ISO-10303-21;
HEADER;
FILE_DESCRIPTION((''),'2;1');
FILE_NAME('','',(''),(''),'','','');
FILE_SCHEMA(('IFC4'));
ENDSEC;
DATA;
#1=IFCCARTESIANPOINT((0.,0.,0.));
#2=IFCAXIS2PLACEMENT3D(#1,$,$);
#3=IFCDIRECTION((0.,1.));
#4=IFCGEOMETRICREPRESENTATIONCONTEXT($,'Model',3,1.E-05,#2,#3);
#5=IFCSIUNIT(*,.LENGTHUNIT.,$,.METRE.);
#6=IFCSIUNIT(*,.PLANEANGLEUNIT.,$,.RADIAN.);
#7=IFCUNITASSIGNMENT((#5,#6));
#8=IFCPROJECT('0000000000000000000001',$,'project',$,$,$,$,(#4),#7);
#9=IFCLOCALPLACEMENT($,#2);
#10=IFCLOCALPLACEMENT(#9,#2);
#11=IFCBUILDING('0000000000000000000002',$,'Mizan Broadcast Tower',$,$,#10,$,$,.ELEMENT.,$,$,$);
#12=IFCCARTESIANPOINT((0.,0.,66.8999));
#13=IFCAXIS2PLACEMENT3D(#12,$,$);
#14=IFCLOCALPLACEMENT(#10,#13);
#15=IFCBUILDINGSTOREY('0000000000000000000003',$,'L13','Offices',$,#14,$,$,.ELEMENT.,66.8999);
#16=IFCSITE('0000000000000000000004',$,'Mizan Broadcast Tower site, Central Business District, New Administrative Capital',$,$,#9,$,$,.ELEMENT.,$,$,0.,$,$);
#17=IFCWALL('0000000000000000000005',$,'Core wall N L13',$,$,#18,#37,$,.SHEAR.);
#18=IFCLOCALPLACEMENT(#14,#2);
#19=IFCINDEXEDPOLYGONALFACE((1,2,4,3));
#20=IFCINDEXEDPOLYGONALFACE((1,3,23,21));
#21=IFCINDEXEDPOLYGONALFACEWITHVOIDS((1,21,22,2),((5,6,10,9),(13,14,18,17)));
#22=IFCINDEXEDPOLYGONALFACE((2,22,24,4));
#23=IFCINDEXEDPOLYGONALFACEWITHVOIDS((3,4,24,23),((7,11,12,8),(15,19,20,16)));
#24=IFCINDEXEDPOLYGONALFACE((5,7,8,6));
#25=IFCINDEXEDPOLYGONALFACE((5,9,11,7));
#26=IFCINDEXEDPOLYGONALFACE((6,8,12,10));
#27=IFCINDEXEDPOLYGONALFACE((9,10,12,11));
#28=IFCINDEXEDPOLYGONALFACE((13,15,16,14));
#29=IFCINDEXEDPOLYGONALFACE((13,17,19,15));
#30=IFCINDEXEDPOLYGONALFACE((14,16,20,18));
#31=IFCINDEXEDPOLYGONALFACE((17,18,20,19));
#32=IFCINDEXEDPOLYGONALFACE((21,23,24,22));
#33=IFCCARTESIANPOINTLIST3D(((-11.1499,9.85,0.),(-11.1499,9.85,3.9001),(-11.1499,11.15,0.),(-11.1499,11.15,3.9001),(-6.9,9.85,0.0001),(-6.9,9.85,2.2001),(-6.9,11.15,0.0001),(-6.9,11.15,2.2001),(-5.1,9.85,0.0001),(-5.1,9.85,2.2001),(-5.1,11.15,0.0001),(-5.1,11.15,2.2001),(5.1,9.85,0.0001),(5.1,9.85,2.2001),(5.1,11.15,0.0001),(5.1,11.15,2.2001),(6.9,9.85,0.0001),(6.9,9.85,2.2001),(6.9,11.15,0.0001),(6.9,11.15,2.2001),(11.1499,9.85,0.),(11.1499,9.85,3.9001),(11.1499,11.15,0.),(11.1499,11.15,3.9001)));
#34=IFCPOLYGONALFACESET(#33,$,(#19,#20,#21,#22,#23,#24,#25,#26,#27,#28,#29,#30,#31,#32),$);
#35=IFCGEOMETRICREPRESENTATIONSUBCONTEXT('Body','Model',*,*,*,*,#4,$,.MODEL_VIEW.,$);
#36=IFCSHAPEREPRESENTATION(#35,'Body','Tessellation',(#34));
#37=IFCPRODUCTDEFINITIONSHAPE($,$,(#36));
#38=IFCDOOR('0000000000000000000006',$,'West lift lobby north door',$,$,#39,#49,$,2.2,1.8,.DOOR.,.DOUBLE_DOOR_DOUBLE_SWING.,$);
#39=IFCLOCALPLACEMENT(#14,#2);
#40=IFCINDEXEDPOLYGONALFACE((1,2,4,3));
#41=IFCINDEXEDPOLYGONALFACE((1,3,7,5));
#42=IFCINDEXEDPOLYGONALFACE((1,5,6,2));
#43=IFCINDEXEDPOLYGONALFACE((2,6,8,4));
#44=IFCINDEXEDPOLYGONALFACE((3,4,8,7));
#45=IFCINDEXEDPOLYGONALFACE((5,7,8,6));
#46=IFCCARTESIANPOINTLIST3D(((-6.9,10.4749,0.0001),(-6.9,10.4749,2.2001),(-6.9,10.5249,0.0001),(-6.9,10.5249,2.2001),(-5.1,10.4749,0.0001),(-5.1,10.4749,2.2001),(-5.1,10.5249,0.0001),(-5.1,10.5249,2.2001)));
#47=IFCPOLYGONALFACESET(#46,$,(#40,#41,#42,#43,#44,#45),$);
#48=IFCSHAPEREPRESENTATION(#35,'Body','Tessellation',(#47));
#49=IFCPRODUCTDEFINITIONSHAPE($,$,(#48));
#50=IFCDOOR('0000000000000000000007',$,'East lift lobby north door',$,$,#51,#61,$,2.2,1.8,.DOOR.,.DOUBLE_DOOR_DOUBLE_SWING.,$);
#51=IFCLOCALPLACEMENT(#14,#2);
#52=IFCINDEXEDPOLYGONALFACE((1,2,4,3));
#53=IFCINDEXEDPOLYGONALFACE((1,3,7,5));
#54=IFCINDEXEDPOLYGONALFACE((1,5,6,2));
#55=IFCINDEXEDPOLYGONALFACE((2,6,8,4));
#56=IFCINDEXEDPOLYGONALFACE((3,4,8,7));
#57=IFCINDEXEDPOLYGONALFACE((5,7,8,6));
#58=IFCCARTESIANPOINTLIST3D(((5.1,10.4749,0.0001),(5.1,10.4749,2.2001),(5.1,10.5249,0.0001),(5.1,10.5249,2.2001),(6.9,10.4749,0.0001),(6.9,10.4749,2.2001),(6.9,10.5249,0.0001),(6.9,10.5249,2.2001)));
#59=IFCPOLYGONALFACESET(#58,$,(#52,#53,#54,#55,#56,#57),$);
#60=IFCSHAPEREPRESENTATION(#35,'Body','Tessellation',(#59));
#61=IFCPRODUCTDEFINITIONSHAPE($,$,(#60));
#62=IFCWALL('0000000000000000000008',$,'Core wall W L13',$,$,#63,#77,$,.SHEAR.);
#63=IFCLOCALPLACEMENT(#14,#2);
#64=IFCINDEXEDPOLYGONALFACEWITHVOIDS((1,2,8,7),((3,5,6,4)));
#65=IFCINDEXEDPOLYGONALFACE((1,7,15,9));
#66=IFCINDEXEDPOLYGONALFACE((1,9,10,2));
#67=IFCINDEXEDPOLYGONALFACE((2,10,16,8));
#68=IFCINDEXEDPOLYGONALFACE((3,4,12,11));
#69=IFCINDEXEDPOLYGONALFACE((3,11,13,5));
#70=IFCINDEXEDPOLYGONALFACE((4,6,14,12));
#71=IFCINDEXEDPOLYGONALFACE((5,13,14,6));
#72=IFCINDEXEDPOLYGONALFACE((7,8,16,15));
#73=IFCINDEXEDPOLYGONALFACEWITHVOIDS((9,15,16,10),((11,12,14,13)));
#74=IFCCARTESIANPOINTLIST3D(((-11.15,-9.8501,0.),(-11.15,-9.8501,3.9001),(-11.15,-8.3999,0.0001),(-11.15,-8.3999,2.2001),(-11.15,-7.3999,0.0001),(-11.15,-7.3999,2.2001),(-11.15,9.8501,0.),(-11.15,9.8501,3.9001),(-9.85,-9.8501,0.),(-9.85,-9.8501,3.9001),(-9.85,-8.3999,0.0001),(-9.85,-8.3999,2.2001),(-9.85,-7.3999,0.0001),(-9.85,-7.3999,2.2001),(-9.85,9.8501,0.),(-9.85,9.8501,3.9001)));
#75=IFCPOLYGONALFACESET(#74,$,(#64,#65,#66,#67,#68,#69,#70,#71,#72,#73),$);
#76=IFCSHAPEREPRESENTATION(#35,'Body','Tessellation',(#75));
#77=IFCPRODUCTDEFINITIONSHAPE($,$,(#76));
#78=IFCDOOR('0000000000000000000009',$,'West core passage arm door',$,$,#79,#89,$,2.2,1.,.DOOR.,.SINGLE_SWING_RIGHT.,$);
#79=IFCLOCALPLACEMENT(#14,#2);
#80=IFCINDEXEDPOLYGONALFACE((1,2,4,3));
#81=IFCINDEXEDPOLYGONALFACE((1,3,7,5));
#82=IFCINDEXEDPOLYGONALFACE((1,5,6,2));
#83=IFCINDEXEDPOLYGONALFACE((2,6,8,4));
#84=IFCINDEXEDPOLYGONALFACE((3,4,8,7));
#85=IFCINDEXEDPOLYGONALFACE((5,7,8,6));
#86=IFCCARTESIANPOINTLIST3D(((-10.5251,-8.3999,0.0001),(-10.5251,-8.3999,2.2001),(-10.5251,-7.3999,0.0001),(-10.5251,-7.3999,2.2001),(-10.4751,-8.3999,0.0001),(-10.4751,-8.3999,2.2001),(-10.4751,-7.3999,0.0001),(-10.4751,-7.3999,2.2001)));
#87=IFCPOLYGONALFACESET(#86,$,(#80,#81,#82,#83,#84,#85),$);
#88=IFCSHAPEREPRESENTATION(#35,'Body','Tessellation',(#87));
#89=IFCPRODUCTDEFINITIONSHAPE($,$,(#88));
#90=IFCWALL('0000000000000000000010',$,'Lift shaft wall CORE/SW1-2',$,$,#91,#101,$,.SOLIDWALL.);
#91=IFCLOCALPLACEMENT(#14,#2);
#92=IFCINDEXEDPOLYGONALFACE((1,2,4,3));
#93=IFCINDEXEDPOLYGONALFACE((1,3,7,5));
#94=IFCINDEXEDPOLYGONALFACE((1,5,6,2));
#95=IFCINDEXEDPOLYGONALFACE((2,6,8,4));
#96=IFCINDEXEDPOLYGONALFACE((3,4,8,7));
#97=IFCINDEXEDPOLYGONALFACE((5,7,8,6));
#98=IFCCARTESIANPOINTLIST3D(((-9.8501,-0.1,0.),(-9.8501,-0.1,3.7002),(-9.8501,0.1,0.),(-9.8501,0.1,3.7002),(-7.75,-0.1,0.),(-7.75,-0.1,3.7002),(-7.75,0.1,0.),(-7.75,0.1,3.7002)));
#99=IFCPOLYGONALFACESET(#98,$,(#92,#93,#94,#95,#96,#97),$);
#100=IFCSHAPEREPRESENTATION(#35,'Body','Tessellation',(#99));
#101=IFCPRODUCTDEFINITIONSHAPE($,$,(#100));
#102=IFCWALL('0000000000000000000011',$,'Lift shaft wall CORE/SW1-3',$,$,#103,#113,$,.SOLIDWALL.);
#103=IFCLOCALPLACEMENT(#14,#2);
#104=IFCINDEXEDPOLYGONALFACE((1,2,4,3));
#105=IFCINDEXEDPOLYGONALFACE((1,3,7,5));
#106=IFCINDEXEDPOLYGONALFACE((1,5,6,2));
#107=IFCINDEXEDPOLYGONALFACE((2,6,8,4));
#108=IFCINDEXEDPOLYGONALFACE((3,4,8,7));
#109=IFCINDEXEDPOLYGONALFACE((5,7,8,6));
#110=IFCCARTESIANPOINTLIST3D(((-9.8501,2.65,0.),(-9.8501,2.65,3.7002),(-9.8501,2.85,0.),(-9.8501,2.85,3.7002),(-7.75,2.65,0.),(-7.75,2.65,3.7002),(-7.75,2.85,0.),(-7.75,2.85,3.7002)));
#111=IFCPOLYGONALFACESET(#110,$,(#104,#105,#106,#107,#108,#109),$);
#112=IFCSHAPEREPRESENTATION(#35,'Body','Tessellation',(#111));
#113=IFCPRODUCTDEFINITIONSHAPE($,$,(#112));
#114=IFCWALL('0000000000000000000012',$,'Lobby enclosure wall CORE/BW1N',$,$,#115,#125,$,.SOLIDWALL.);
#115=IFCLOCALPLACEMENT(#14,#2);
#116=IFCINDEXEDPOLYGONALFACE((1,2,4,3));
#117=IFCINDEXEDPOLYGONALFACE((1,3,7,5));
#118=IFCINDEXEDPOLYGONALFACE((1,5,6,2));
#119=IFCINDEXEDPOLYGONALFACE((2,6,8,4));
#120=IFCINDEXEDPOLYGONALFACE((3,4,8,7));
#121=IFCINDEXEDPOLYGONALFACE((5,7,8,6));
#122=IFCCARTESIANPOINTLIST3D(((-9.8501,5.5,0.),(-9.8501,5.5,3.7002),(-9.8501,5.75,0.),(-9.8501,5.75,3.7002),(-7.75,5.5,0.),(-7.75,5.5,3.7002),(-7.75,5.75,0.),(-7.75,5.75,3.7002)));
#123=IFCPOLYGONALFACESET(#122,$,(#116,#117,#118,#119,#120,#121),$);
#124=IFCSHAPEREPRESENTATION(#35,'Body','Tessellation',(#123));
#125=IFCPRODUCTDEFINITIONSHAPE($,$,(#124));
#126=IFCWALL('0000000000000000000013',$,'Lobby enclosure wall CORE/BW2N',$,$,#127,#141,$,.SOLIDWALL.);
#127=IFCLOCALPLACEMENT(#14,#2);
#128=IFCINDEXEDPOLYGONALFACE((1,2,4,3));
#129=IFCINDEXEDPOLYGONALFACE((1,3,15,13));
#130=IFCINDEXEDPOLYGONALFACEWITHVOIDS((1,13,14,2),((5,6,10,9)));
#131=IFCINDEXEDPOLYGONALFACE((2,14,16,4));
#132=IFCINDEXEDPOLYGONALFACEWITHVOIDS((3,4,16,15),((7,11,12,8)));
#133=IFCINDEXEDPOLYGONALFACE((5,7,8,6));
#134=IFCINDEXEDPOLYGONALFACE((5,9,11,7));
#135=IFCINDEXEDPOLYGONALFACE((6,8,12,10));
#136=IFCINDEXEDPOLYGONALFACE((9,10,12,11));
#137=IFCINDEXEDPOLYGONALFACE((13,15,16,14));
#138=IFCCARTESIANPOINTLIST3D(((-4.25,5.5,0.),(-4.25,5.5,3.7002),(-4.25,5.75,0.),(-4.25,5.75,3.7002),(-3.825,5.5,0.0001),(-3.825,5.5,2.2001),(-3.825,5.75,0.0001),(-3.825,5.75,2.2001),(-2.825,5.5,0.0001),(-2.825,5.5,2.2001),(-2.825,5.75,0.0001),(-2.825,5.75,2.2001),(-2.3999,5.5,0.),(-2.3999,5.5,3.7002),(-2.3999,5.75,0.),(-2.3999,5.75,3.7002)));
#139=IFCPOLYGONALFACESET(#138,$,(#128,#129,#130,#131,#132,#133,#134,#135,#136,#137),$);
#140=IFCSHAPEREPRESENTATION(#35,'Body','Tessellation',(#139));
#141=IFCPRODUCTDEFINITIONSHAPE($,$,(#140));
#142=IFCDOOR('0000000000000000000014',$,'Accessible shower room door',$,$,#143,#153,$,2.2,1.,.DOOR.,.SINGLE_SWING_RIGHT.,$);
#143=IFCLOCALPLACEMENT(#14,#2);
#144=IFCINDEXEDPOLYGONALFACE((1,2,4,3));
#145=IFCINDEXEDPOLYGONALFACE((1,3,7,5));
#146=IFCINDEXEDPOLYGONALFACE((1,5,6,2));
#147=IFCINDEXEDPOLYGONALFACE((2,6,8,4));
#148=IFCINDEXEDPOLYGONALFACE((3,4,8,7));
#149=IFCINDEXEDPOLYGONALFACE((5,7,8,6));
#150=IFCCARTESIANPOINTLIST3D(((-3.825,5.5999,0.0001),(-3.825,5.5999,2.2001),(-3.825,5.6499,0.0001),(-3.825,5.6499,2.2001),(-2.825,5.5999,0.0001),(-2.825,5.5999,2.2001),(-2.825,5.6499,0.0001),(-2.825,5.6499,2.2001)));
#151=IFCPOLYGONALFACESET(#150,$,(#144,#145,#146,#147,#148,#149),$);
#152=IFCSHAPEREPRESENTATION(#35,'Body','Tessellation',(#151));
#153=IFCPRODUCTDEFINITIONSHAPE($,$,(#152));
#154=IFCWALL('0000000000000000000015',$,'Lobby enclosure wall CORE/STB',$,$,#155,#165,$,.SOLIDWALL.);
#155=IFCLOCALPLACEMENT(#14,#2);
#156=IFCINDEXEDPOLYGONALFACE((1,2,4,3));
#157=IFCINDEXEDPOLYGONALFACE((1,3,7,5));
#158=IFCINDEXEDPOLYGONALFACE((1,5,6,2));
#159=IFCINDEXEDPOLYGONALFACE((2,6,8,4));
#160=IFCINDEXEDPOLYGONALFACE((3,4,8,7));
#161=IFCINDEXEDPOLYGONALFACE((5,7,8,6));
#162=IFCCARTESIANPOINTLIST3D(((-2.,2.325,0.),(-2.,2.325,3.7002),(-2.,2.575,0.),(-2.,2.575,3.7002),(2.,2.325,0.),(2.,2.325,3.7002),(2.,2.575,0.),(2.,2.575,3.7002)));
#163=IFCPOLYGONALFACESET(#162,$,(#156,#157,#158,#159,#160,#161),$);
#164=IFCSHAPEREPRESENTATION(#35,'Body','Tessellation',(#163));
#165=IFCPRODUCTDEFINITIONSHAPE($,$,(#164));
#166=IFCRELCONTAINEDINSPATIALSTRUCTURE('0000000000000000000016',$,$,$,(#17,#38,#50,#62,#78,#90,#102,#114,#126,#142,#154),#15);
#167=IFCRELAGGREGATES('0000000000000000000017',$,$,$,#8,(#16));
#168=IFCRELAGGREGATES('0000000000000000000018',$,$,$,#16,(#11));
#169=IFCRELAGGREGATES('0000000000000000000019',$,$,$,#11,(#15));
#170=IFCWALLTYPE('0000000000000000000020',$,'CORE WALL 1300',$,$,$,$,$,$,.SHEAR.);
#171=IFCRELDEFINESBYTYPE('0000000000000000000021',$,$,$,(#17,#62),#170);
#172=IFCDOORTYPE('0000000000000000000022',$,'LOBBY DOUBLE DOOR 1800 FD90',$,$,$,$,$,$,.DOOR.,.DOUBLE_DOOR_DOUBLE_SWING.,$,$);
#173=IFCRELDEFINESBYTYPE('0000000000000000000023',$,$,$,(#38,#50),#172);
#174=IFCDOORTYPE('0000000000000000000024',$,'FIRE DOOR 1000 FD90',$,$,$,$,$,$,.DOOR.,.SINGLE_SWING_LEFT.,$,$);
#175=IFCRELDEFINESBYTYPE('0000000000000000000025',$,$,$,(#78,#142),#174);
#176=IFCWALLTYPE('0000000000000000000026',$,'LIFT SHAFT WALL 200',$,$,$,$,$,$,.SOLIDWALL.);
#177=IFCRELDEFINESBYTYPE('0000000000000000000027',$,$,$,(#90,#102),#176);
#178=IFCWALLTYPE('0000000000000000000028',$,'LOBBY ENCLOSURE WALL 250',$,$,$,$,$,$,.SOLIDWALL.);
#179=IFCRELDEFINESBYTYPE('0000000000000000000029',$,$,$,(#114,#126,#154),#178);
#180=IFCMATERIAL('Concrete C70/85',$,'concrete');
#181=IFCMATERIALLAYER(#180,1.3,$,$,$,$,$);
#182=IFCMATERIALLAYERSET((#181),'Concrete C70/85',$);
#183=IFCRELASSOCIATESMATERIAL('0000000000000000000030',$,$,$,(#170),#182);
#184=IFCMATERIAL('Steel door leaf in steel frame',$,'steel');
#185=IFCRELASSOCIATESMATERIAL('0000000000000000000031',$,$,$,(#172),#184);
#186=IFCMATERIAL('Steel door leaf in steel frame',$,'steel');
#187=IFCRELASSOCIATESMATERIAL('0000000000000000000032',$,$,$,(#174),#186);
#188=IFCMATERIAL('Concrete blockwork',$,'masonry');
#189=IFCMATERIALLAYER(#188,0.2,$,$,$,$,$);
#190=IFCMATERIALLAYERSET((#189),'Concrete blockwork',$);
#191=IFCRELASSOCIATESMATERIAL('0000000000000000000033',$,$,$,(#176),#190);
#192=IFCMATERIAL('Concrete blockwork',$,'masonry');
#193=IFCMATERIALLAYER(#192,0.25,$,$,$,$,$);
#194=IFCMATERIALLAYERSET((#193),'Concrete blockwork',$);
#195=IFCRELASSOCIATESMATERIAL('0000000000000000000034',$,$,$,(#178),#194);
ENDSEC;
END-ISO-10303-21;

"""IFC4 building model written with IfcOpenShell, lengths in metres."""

from ifc_helpers import new_model, si_unit, direction, frame, frame_2d, origin, place, context, subcontext, project, spatial, rectangle, extrude, material, layer, layer_set, type_object, element, fill, save


model = new_model("IFC4")

# Units and contexts
model_context = context("Model", 3, precision=1e-05, world=origin(), true_north=direction((0.0, 1.0)))
body_context = subcontext(model_context, "Body", "Model", "MODEL_VIEW")
ifc_project = project(units=[si_unit("LENGTHUNIT", "METRE"), si_unit("PLANEANGLEUNIT", "RADIAN")], contexts=[model_context])

# Site, building, storey
site_placement = place(None, origin())
site = spatial("IfcSite", under=ifc_project, at=site_placement, Name="Mizan Broadcast Tower site, Central Business District, New Administrative Capital", CompositionType="ELEMENT", RefElevation=0.0)
building_placement = place(site_placement, origin())
building = spatial("IfcBuilding", under=site, at=building_placement, Name="Mizan Broadcast Tower", CompositionType="ELEMENT")
storey_placement = place(building_placement, frame((0.0, 0.0, 66.8999)))
storey = spatial("IfcBuildingStorey", under=building, at=storey_placement, Name="L13", Description="Offices", CompositionType="ELEMENT", Elevation=66.8999)

# Wall, openings, doors
ifc_material_1 = material(Name="Concrete C70/85", Category="concrete")
ifc_layer_1 = layer(ifc_material_1, 1.3)
ifc_layer_set_1 = layer_set([ifc_layer_1], Name="Concrete C70/85")
wall_type_1 = type_object("IfcWallType", Name="CORE WALL 1300", PredefinedType="SHEAR", material=ifc_layer_set_1)
wall_1_placement = place(storey_placement, frame((-11.1499, 10.5, 0.0), z_axis=(0.0, 0.0, 1.0), x_axis=(1.0, 0.0, 0.0)))
wall_1 = element("IfcWall", 1, at=wall_1_placement, inside=storey, type_object=wall_type_1, Name="Core wall N L13", PredefinedType="SHEAR", context=body_context, shape_type="SweptSolid", body=[
    extrude(rectangle(XDim=22.2998, YDim=1.3, at=frame_2d((11.1499, 0.0))), origin(), (0.0, 0.0, 1.0), 3.9001),
])
opening_1_placement = place(wall_1_placement, frame((4.25, 0.0, 0.0)))
opening_1 = element("IfcOpeningElement", 2, at=opening_1_placement, cuts=wall_1, PredefinedType="OPENING", context=body_context, shape_type="SweptSolid", body=[
    extrude(rectangle(XDim=1.8, YDim=2.2, at=frame_2d((0.8999, 1.1001))), frame((0.0, 0.6599, 0.0), z_axis=(0.0, -1.0, 0.0), x_axis=(1.0, 0.0, 0.0)), (0.0, 0.0, 1.0), 1.3201),
])
opening_2_placement = place(wall_1_placement, frame((16.25, 0.0, 0.0)))
opening_2 = element("IfcOpeningElement", 3, at=opening_2_placement, cuts=wall_1, PredefinedType="OPENING", context=body_context, shape_type="SweptSolid", body=[
    extrude(rectangle(XDim=1.8, YDim=2.2, at=frame_2d((0.8999, 1.1001))), frame((0.0, 0.6599, 0.0), z_axis=(0.0, -1.0, 0.0), x_axis=(1.0, 0.0, 0.0)), (0.0, 0.0, 1.0), 1.3201),
])
ifc_material_2 = material(Name="Steel door leaf in steel frame", Category="steel")
door_type_1 = type_object("IfcDoorType", Name="LOBBY DOUBLE DOOR 1800 FD90", OperationType="DOUBLE_DOOR_DOUBLE_SWING", PredefinedType="DOOR", material=ifc_material_2)
door_1_placement = place(opening_1_placement, origin())
door_1 = element("IfcDoor", 4, at=door_1_placement, inside=storey, type_object=door_type_1, Name="West lift lobby north door", OperationType="DOUBLE_DOOR_DOUBLE_SWING", OverallHeight=2.2, OverallWidth=1.8, PredefinedType="DOOR", context=body_context, shape_type="SweptSolid", body=[
    extrude(rectangle(XDim=1.8, YDim=2.2, at=frame_2d((0.8999, 1.1001))), frame((0.0, 0.0249, 0.0), z_axis=(0.0, -1.0, 0.0), x_axis=(1.0, 0.0, 0.0)), (0.0, 0.0, 1.0), 0.05),
])
fill(opening_1, door_1)
door_2_placement = place(opening_2_placement, origin())
door_2 = element("IfcDoor", 5, at=door_2_placement, inside=storey, type_object=door_type_1, Name="East lift lobby north door", OperationType="DOUBLE_DOOR_DOUBLE_SWING", OverallHeight=2.2, OverallWidth=1.8, PredefinedType="DOOR", context=body_context, shape_type="SweptSolid", body=[
    extrude(rectangle(XDim=1.8, YDim=2.2, at=frame_2d((0.8999, 1.1001))), frame((0.0, 0.0249, 0.0), z_axis=(0.0, -1.0, 0.0), x_axis=(1.0, 0.0, 0.0)), (0.0, 0.0, 1.0), 0.05),
])
fill(opening_2, door_2)

# Wall, opening, door
wall_2_placement = place(storey_placement, frame((-10.5, 9.8501, 0.0), z_axis=(0.0, 0.0, 1.0), x_axis=(0.0, -1.0, 0.0)))
wall_2 = element("IfcWall", 6, at=wall_2_placement, inside=storey, type_object=wall_type_1, Name="Core wall W L13", PredefinedType="SHEAR", context=body_context, shape_type="SweptSolid", body=[
    extrude(rectangle(XDim=19.7002, YDim=1.3, at=frame_2d((9.8501, 0.0))), origin(), (0.0, 0.0, 1.0), 3.9001),
])
opening_3_placement = place(wall_2_placement, frame((17.25, 0.0, 0.0)))
opening_3 = element("IfcOpeningElement", 7, at=opening_3_placement, cuts=wall_2, PredefinedType="OPENING", context=body_context, shape_type="SweptSolid", body=[
    extrude(rectangle(XDim=1.0, YDim=2.2, at=frame_2d((0.5, 1.1001))), frame((0.0, 0.6599, 0.0), z_axis=(0.0, -1.0, 0.0), x_axis=(1.0, 0.0, 0.0)), (0.0, 0.0, 1.0), 1.3201),
])
ifc_material_3 = material(Name="Steel door leaf in steel frame", Category="steel")
door_type_2 = type_object("IfcDoorType", Name="FIRE DOOR 1000 FD90", OperationType="SINGLE_SWING_LEFT", PredefinedType="DOOR", material=ifc_material_3)
door_3_placement = place(opening_3_placement, origin())
door_3 = element("IfcDoor", 8, at=door_3_placement, inside=storey, type_object=door_type_2, Name="West core passage arm door", OperationType="SINGLE_SWING_RIGHT", OverallHeight=2.2, OverallWidth=1.0, PredefinedType="DOOR", context=body_context, shape_type="SweptSolid", body=[
    extrude(rectangle(XDim=1.0, YDim=2.2, at=frame_2d((0.5, 1.1001))), frame((0.0, 0.0249, 0.0), z_axis=(0.0, -1.0, 0.0), x_axis=(1.0, 0.0, 0.0)), (0.0, 0.0, 1.0), 0.05),
])
fill(opening_3, door_3)

# Walls
ifc_material_4 = material(Name="Concrete blockwork", Category="masonry")
ifc_layer_2 = layer(ifc_material_4, 0.2)
ifc_layer_set_2 = layer_set([ifc_layer_2], Name="Concrete blockwork")
wall_type_2 = type_object("IfcWallType", Name="LIFT SHAFT WALL 200", PredefinedType="SOLIDWALL", material=ifc_layer_set_2)
for number, where, z_axis, x_axis, name in (
    (9, (-9.8501, 0.0, 0.0), (0.0, 0.0, 1.0), (1.0, 0.0, 0.0), "Lift shaft wall CORE/SW1-2"),
    (10, (-9.8501, 2.75, 0.0), (0.0, 0.0, 1.0), (1.0, 0.0, 0.0), "Lift shaft wall CORE/SW1-3"),
):
    element("IfcWall", number, at=place(storey_placement, frame(where, z_axis=z_axis, x_axis=x_axis)), inside=storey, type_object=wall_type_2, Name=name, PredefinedType="SOLIDWALL", context=body_context, shape_type="SweptSolid", body=[
        extrude(rectangle(XDim=2.1001, YDim=0.2, at=frame_2d((1.05, 0.0))), origin(), (0.0, 0.0, 1.0), 3.7002),
    ])
ifc_material_5 = material(Name="Concrete blockwork", Category="masonry")
ifc_layer_3 = layer(ifc_material_5, 0.25)
ifc_layer_set_3 = layer_set([ifc_layer_3], Name="Concrete blockwork")
wall_type_3 = type_object("IfcWallType", Name="LOBBY ENCLOSURE WALL 250", PredefinedType="SOLIDWALL", material=ifc_layer_set_3)
wall_3_placement = place(storey_placement, frame((-9.8501, 5.625, 0.0), z_axis=(0.0, 0.0, 1.0), x_axis=(1.0, 0.0, 0.0)))
element("IfcWall", 11, at=wall_3_placement, inside=storey, type_object=wall_type_3, Name="Lobby enclosure wall CORE/BW1N", PredefinedType="SOLIDWALL", context=body_context, shape_type="SweptSolid", body=[
    extrude(rectangle(XDim=2.1001, YDim=0.25, at=frame_2d((1.05, 0.0))), origin(), (0.0, 0.0, 1.0), 3.7002),
])

# Wall, opening, door
wall_4_placement = place(storey_placement, frame((-4.25, 5.625, 0.0), z_axis=(0.0, 0.0, 1.0), x_axis=(1.0, 0.0, 0.0)))
wall_4 = element("IfcWall", 12, at=wall_4_placement, inside=storey, type_object=wall_type_3, Name="Lobby enclosure wall CORE/BW2N", PredefinedType="SOLIDWALL", context=body_context, shape_type="SweptSolid", body=[
    extrude(rectangle(XDim=1.8501, YDim=0.25, at=frame_2d((0.925, 0.0))), origin(), (0.0, 0.0, 1.0), 3.7002),
])
opening_4_placement = place(wall_4_placement, frame((0.425, 0.0, 0.0)))
opening_4 = element("IfcOpeningElement", 13, at=opening_4_placement, cuts=wall_4, PredefinedType="OPENING", context=body_context, shape_type="SweptSolid", body=[
    extrude(rectangle(XDim=1.0, YDim=2.2, at=frame_2d((0.5, 1.1001))), frame((0.0, 0.135, 0.0), z_axis=(0.0, -1.0, 0.0), x_axis=(1.0, 0.0, 0.0)), (0.0, 0.0, 1.0), 0.27),
])
door_4_placement = place(opening_4_placement, origin())
door_4 = element("IfcDoor", 14, at=door_4_placement, inside=storey, type_object=door_type_2, Name="Accessible shower room door", OperationType="SINGLE_SWING_RIGHT", OverallHeight=2.2, OverallWidth=1.0, PredefinedType="DOOR", context=body_context, shape_type="SweptSolid", body=[
    extrude(rectangle(XDim=1.0, YDim=2.2, at=frame_2d((0.5, 1.1001))), frame((0.0, 0.0249, 0.0), z_axis=(0.0, -1.0, 0.0), x_axis=(1.0, 0.0, 0.0)), (0.0, 0.0, 1.0), 0.05),
])
fill(opening_4, door_4)

# Wall
wall_5_placement = place(storey_placement, frame((-2.0, 2.45, 0.0), z_axis=(0.0, 0.0, 1.0), x_axis=(1.0, 0.0, 0.0)))
element("IfcWall", 15, at=wall_5_placement, inside=storey, type_object=wall_type_3, Name="Lobby enclosure wall CORE/STB", PredefinedType="SOLIDWALL", context=body_context, shape_type="SweptSolid", body=[
    extrude(rectangle(XDim=4.0, YDim=0.25, at=frame_2d((2.0, 0.0))), origin(), (0.0, 0.0, 1.0), 3.7002),
])

save(model, "model.ifc")
